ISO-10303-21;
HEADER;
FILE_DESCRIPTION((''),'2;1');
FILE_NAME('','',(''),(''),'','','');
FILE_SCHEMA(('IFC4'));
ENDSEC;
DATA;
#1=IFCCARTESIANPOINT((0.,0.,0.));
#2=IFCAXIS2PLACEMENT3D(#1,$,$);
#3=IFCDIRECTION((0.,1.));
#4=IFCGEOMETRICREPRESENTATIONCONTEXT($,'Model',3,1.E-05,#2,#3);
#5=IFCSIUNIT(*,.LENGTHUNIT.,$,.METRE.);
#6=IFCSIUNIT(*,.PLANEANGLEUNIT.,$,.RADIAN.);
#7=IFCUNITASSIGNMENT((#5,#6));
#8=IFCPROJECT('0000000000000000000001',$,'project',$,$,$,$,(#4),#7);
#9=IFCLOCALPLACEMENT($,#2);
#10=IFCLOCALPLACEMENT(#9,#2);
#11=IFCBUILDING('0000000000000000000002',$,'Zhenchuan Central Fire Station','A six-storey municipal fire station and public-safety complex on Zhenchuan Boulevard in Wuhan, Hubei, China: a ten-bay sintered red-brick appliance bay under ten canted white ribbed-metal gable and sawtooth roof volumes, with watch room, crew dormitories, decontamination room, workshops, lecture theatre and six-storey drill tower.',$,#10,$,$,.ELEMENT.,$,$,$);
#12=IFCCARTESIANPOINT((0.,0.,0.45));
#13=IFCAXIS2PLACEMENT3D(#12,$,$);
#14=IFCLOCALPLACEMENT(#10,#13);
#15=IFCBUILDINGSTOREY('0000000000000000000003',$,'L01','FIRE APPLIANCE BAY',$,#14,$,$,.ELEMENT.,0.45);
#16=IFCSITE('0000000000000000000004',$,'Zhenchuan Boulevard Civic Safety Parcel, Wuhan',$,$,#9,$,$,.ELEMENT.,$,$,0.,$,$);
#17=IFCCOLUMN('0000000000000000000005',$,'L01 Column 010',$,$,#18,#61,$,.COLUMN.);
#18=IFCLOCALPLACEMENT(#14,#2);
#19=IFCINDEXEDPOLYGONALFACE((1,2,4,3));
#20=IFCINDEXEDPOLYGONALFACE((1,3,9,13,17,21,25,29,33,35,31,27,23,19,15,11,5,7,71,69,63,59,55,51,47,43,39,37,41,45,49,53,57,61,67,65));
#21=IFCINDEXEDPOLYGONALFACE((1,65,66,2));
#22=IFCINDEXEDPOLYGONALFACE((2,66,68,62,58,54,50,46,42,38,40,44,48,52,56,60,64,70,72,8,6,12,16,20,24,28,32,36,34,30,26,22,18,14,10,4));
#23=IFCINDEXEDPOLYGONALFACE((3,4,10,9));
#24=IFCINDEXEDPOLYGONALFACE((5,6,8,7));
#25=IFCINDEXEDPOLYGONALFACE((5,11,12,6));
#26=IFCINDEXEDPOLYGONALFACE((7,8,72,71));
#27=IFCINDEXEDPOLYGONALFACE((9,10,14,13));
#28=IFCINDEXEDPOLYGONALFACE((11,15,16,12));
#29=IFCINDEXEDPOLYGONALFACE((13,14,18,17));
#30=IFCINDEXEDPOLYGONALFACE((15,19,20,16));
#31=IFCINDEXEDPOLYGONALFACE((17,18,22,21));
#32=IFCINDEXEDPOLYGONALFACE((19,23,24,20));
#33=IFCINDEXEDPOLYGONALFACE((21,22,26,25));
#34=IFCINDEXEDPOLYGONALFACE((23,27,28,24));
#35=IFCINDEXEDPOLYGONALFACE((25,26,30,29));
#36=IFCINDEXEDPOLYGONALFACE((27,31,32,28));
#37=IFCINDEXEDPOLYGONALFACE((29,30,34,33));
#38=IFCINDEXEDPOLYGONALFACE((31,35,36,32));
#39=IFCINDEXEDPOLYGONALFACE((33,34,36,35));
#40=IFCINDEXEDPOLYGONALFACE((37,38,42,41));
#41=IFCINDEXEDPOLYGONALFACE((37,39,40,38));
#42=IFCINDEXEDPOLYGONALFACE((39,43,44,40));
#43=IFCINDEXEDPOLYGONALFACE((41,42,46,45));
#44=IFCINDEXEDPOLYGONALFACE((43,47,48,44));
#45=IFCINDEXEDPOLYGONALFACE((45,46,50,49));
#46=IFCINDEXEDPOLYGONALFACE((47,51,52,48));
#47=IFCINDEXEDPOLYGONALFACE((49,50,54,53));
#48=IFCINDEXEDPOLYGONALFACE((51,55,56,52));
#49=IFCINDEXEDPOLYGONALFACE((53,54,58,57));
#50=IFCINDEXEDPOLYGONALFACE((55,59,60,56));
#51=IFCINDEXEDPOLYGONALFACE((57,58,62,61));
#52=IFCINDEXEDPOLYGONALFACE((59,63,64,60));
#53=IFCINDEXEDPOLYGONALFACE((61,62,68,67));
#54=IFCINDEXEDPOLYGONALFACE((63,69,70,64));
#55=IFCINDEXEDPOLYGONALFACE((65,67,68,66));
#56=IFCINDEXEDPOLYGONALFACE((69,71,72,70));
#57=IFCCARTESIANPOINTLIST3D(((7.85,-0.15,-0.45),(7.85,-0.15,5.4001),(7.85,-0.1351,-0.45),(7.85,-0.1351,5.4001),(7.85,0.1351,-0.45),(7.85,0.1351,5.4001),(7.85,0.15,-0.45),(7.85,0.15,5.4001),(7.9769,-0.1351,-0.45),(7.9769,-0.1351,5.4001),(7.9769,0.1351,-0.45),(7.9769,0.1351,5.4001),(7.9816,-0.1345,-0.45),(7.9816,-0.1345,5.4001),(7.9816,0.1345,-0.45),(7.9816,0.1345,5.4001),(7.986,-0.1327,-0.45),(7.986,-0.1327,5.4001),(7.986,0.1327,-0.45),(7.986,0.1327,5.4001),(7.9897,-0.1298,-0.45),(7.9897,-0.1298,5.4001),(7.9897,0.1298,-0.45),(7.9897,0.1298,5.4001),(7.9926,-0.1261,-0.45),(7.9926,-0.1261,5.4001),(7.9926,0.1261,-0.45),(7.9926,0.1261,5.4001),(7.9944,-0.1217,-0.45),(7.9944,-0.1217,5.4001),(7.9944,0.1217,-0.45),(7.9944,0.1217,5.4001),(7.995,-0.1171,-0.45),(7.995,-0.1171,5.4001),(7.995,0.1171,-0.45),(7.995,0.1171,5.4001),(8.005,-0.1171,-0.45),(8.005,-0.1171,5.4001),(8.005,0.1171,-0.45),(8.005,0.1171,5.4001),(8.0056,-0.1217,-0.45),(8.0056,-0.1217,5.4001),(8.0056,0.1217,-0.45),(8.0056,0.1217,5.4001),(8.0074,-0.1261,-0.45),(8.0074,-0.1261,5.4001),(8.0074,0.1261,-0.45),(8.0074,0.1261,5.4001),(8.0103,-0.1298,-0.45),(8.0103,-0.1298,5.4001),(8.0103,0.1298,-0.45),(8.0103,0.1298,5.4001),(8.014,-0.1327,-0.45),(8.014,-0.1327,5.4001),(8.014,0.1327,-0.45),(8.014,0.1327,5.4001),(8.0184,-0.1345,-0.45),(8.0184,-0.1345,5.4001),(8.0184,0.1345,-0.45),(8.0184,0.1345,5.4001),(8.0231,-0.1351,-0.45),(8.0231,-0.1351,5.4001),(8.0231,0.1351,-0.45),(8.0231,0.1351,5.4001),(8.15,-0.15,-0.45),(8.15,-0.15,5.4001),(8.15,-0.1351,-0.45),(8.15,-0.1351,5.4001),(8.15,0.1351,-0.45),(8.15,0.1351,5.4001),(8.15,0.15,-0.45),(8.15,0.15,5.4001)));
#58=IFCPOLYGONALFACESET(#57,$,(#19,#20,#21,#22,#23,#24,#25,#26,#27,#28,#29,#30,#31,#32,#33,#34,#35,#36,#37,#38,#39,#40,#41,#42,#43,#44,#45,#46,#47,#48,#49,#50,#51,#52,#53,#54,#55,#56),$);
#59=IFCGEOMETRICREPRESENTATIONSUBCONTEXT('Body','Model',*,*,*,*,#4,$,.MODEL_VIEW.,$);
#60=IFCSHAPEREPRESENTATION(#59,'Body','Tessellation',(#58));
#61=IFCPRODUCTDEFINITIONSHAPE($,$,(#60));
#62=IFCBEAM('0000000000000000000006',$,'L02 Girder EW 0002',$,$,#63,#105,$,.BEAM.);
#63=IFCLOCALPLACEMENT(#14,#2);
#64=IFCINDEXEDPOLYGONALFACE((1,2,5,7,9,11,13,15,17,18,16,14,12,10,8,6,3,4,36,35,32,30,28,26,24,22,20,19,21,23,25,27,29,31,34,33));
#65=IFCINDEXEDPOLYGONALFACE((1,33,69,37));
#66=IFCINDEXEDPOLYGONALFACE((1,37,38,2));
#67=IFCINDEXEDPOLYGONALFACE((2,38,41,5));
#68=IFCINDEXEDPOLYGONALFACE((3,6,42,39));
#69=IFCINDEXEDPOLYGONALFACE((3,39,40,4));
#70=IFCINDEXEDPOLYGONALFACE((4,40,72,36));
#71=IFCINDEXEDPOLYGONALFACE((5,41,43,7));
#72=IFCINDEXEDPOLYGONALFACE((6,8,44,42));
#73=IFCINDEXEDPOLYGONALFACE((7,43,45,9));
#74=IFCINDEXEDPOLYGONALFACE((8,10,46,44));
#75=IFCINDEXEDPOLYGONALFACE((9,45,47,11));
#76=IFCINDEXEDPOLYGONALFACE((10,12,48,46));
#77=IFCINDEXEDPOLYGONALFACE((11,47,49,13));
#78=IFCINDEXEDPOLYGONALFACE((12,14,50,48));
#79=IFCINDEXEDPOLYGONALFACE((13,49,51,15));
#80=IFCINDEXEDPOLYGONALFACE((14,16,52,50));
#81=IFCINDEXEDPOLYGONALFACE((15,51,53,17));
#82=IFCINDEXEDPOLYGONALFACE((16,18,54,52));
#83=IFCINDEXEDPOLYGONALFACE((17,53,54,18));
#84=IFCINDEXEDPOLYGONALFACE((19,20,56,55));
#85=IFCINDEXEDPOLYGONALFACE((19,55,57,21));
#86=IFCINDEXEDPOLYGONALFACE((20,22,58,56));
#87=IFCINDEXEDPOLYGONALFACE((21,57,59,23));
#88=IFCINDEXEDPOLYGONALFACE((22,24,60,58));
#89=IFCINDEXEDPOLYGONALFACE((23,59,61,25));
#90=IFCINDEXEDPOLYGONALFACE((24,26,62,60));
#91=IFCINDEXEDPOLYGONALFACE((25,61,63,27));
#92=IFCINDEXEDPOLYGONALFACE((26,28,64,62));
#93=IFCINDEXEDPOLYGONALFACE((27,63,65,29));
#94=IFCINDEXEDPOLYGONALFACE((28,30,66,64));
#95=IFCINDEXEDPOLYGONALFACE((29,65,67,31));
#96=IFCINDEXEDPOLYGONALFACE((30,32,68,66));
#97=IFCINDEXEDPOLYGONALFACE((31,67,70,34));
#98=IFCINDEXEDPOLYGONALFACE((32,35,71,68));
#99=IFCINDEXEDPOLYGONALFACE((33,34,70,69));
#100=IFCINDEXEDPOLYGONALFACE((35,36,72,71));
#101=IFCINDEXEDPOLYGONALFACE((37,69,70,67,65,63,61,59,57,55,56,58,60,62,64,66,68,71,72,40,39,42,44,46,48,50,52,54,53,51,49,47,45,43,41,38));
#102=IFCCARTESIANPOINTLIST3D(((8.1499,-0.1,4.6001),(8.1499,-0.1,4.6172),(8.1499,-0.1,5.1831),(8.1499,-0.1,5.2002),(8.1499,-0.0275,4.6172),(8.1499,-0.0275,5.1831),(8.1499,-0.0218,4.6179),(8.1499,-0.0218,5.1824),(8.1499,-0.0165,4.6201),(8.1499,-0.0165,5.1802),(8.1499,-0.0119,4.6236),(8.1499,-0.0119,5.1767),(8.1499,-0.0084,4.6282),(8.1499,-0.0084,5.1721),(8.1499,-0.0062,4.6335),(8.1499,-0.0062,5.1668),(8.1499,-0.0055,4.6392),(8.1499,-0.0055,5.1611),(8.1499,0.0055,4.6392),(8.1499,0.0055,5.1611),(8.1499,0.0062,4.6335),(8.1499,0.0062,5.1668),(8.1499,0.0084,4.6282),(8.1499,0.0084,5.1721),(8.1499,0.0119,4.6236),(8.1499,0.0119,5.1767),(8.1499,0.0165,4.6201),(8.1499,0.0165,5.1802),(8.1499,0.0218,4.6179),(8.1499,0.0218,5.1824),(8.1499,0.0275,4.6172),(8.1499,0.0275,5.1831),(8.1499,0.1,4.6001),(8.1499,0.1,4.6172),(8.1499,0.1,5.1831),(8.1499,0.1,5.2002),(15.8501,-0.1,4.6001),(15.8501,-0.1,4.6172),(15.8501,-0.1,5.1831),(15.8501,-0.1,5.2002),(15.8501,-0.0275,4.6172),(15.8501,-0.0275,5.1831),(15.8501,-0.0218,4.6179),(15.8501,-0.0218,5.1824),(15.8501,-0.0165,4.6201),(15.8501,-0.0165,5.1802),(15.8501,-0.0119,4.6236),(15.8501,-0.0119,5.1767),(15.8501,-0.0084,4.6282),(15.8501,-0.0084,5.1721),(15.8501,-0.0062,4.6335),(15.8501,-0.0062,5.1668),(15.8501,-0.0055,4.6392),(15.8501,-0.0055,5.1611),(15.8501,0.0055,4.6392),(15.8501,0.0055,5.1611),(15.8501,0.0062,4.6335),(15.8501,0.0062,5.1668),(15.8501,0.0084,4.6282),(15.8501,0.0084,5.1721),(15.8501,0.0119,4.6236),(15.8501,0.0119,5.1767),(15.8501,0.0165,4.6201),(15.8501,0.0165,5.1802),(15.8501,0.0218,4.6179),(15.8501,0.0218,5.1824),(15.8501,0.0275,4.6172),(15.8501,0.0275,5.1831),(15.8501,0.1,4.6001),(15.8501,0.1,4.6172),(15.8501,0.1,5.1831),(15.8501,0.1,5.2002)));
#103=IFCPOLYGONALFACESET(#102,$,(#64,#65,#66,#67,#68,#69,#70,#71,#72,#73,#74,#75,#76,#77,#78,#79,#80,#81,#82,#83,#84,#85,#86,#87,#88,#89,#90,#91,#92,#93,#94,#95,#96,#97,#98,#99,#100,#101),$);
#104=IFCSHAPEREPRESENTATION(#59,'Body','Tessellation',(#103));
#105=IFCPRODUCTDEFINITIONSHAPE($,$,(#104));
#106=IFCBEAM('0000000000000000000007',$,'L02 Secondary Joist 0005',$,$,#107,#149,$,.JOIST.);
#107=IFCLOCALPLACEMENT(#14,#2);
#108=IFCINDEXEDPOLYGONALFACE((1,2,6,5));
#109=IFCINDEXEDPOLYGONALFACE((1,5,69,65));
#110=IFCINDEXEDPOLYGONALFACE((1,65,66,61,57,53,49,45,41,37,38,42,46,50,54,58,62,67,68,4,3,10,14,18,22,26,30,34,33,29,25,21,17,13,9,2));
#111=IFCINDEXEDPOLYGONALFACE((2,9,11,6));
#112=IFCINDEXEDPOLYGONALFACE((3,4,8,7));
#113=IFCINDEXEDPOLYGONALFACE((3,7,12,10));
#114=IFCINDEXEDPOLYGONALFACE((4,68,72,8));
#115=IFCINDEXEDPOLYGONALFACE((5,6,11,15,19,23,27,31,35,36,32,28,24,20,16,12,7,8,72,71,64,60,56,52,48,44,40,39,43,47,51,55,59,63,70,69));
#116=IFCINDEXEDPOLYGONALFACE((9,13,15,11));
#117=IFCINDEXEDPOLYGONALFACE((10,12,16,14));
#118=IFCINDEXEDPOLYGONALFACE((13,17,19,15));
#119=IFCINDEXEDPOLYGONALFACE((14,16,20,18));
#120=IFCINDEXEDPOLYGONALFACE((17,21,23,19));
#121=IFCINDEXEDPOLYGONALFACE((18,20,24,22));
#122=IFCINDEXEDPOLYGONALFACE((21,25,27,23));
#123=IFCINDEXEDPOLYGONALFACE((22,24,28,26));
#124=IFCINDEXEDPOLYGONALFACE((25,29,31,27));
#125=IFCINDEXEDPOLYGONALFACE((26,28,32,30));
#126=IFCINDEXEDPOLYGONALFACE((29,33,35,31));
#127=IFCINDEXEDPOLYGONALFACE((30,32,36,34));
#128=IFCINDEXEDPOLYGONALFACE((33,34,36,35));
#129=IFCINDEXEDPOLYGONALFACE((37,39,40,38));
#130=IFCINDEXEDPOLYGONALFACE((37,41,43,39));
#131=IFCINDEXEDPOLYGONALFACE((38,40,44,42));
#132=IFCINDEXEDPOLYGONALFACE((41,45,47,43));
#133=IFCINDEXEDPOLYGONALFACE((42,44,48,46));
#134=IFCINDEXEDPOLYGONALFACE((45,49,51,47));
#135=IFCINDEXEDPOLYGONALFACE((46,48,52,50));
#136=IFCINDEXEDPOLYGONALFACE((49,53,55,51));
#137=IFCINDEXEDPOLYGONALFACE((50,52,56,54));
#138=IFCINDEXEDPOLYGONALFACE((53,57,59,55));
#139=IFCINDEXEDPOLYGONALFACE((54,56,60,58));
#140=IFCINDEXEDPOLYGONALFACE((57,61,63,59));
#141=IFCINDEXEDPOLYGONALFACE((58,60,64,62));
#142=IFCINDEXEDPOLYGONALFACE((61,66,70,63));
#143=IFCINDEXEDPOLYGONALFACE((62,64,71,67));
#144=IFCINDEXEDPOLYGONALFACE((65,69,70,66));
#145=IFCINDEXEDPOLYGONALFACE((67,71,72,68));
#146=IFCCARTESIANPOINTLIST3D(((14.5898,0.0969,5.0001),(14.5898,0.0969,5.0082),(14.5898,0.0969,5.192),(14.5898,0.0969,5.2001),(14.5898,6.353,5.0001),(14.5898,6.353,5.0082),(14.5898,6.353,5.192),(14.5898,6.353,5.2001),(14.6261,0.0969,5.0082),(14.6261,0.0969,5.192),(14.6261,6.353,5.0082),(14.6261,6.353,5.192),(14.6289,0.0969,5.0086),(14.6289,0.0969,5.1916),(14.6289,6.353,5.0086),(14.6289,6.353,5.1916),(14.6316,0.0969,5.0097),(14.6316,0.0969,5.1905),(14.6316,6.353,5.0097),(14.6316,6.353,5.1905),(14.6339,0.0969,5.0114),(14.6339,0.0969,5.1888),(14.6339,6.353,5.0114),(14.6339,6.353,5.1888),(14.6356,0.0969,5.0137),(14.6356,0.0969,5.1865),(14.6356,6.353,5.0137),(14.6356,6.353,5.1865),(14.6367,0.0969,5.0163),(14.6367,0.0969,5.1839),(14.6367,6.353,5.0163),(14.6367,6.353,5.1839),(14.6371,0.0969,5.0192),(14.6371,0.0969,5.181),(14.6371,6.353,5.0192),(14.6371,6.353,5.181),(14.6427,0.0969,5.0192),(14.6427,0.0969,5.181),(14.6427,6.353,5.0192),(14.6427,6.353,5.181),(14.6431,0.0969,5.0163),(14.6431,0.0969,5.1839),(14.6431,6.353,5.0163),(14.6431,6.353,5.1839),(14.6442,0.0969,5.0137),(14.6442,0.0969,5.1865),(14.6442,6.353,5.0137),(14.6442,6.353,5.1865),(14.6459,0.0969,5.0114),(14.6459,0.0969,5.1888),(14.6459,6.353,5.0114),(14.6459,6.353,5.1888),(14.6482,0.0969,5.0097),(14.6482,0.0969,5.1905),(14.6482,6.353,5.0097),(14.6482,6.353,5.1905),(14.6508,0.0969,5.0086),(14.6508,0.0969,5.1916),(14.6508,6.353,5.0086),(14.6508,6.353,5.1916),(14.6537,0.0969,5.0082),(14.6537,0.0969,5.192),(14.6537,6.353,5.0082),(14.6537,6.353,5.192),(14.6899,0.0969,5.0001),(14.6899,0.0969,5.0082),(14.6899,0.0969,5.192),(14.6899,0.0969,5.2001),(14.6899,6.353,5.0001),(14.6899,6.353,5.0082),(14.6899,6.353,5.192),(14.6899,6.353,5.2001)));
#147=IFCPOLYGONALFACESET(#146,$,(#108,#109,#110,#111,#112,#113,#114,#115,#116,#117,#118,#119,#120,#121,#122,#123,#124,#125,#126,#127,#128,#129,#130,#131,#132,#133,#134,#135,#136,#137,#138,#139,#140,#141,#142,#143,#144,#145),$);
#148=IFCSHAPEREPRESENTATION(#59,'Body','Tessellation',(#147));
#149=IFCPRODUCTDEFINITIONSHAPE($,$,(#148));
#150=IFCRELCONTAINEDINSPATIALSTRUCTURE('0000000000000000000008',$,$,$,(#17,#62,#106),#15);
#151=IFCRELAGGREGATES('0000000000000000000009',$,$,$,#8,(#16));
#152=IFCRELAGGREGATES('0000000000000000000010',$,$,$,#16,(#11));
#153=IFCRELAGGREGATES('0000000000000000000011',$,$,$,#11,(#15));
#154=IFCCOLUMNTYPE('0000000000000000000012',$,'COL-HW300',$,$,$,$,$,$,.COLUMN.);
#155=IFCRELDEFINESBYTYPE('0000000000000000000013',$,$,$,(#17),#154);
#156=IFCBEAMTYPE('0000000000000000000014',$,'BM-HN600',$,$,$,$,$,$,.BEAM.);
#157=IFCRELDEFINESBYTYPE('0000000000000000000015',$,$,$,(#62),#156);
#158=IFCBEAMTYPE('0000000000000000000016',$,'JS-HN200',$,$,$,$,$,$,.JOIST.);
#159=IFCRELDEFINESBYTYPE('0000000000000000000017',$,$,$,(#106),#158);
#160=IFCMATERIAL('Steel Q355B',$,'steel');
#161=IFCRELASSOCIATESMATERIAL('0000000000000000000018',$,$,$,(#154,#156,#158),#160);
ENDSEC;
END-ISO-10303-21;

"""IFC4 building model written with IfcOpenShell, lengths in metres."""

from ifc_helpers import new_model, si_unit, direction, frame, origin, origin_2d, place, context, subcontext, project, spatial, i_section, extrude, material, material_profile, profile_set, type_object, element, save


model = new_model("IFC4")

# Units and contexts
model_context = context("Model", 3, precision=1e-05, world=origin(), true_north=direction((0.0, 1.0)))
body_context = subcontext(model_context, "Body", "Model", "MODEL_VIEW")
ifc_project = project(units=[si_unit("LENGTHUNIT", "METRE"), si_unit("PLANEANGLEUNIT", "RADIAN")], contexts=[model_context])

# Site, building, storey
site_placement = place(None, origin())
site = spatial("IfcSite", under=ifc_project, at=site_placement, Name="Zhenchuan Boulevard Civic Safety Parcel, Wuhan", CompositionType="ELEMENT", RefElevation=0.0)
building_placement = place(site_placement, origin())
building = spatial("IfcBuilding", under=site, at=building_placement, Name="Zhenchuan Central Fire Station", Description="A six-storey municipal fire station and public-safety complex on Zhenchuan Boulevard in Wuhan, Hubei, China: a ten-bay sintered red-brick appliance bay under ten canted white ribbed-metal gable and sawtooth roof volumes, with watch room, crew dormitories, decontamination room, workshops, lecture theatre and six-storey drill tower.", CompositionType="ELEMENT")
storey_placement = place(building_placement, frame((0.0, 0.0, 0.45)))
storey = spatial("IfcBuildingStorey", under=building, at=storey_placement, Name="L01", Description="FIRE APPLIANCE BAY", CompositionType="ELEMENT", Elevation=0.45)

# Column
ifc_material_1 = material(Name="Steel Q355B", Category="steel")
ifc_material_profile_1 = material_profile(ifc_material_1, i_section(OverallWidth=0.3, OverallDepth=0.3, WebThickness=0.01, FlangeThickness=0.0149, FilletRadius=0.0181, at=origin_2d()), Name="HW 300x300")
ifc_profile_set_1 = profile_set([ifc_material_profile_1], Name="Steel Q355B")
column_type = type_object("IfcColumnType", Name="COL-HW300", PredefinedType="COLUMN", material=ifc_profile_set_1)
column_placement = place(storey_placement, frame((8.0, 0.0, -0.45), z_axis=(0.0, 0.0, 1.0), x_axis=(1.0, 0.0, 0.0)))
element("IfcColumn", 1, at=column_placement, inside=storey, type_object=column_type, Name="L01 Column 010", PredefinedType="COLUMN", context=body_context, shape_type="SweptSolid", body=[
    extrude(i_section(OverallWidth=0.3, OverallDepth=0.3, WebThickness=0.01, FlangeThickness=0.0149, FilletRadius=0.0181, at=origin_2d()), origin(), (0.0, 0.0, 1.0), 5.8501),
])

# Beams
ifc_material_profile_2 = material_profile(ifc_material_1, i_section(OverallWidth=0.2, OverallDepth=0.6001, WebThickness=0.011, FlangeThickness=0.0171, FilletRadius=0.022, at=origin_2d()), Name="HN 600x200")
ifc_profile_set_2 = profile_set([ifc_material_profile_2], Name="Steel Q355B")
beam_type_1 = type_object("IfcBeamType", Name="BM-HN600", PredefinedType="BEAM", material=ifc_profile_set_2)
beam_1_placement = place(storey_placement, frame((8.1499, 0.0, 4.9001), z_axis=(1.0, 0.0, 0.0), x_axis=(0.0, 1.0, 0.0)))
element("IfcBeam", 2, at=beam_1_placement, inside=storey, type_object=beam_type_1, Name="L02 Girder EW 0002", PredefinedType="BEAM", context=body_context, shape_type="SweptSolid", body=[
    extrude(i_section(OverallWidth=0.2, OverallDepth=0.6001, WebThickness=0.011, FlangeThickness=0.0171, FilletRadius=0.022, at=origin_2d()), origin(), (0.0, 0.0, 1.0), 7.7002),
])
ifc_material_profile_3 = material_profile(ifc_material_1, i_section(OverallWidth=0.1001, OverallDepth=0.2, WebThickness=0.0056, FlangeThickness=0.0081, FilletRadius=0.011, at=origin_2d()), Name="HN 200x100")
ifc_profile_set_3 = profile_set([ifc_material_profile_3], Name="Steel Q355B")
beam_type_2 = type_object("IfcBeamType", Name="JS-HN200", PredefinedType="JOIST", material=ifc_profile_set_3)
beam_2_placement = place(storey_placement, frame((14.6399, 0.0969, 5.1001), z_axis=(0.0, 1.0, 0.0), x_axis=(-1.0, 0.0, 0.0)))
element("IfcBeam", 3, at=beam_2_placement, inside=storey, type_object=beam_type_2, Name="L02 Secondary Joist 0005", PredefinedType="JOIST", context=body_context, shape_type="SweptSolid", body=[
    extrude(i_section(OverallWidth=0.1001, OverallDepth=0.2, WebThickness=0.0056, FlangeThickness=0.0081, FilletRadius=0.011, at=origin_2d()), origin(), (0.0, 0.0, 1.0), 6.2561),
])

save(model, "model.ifc")
